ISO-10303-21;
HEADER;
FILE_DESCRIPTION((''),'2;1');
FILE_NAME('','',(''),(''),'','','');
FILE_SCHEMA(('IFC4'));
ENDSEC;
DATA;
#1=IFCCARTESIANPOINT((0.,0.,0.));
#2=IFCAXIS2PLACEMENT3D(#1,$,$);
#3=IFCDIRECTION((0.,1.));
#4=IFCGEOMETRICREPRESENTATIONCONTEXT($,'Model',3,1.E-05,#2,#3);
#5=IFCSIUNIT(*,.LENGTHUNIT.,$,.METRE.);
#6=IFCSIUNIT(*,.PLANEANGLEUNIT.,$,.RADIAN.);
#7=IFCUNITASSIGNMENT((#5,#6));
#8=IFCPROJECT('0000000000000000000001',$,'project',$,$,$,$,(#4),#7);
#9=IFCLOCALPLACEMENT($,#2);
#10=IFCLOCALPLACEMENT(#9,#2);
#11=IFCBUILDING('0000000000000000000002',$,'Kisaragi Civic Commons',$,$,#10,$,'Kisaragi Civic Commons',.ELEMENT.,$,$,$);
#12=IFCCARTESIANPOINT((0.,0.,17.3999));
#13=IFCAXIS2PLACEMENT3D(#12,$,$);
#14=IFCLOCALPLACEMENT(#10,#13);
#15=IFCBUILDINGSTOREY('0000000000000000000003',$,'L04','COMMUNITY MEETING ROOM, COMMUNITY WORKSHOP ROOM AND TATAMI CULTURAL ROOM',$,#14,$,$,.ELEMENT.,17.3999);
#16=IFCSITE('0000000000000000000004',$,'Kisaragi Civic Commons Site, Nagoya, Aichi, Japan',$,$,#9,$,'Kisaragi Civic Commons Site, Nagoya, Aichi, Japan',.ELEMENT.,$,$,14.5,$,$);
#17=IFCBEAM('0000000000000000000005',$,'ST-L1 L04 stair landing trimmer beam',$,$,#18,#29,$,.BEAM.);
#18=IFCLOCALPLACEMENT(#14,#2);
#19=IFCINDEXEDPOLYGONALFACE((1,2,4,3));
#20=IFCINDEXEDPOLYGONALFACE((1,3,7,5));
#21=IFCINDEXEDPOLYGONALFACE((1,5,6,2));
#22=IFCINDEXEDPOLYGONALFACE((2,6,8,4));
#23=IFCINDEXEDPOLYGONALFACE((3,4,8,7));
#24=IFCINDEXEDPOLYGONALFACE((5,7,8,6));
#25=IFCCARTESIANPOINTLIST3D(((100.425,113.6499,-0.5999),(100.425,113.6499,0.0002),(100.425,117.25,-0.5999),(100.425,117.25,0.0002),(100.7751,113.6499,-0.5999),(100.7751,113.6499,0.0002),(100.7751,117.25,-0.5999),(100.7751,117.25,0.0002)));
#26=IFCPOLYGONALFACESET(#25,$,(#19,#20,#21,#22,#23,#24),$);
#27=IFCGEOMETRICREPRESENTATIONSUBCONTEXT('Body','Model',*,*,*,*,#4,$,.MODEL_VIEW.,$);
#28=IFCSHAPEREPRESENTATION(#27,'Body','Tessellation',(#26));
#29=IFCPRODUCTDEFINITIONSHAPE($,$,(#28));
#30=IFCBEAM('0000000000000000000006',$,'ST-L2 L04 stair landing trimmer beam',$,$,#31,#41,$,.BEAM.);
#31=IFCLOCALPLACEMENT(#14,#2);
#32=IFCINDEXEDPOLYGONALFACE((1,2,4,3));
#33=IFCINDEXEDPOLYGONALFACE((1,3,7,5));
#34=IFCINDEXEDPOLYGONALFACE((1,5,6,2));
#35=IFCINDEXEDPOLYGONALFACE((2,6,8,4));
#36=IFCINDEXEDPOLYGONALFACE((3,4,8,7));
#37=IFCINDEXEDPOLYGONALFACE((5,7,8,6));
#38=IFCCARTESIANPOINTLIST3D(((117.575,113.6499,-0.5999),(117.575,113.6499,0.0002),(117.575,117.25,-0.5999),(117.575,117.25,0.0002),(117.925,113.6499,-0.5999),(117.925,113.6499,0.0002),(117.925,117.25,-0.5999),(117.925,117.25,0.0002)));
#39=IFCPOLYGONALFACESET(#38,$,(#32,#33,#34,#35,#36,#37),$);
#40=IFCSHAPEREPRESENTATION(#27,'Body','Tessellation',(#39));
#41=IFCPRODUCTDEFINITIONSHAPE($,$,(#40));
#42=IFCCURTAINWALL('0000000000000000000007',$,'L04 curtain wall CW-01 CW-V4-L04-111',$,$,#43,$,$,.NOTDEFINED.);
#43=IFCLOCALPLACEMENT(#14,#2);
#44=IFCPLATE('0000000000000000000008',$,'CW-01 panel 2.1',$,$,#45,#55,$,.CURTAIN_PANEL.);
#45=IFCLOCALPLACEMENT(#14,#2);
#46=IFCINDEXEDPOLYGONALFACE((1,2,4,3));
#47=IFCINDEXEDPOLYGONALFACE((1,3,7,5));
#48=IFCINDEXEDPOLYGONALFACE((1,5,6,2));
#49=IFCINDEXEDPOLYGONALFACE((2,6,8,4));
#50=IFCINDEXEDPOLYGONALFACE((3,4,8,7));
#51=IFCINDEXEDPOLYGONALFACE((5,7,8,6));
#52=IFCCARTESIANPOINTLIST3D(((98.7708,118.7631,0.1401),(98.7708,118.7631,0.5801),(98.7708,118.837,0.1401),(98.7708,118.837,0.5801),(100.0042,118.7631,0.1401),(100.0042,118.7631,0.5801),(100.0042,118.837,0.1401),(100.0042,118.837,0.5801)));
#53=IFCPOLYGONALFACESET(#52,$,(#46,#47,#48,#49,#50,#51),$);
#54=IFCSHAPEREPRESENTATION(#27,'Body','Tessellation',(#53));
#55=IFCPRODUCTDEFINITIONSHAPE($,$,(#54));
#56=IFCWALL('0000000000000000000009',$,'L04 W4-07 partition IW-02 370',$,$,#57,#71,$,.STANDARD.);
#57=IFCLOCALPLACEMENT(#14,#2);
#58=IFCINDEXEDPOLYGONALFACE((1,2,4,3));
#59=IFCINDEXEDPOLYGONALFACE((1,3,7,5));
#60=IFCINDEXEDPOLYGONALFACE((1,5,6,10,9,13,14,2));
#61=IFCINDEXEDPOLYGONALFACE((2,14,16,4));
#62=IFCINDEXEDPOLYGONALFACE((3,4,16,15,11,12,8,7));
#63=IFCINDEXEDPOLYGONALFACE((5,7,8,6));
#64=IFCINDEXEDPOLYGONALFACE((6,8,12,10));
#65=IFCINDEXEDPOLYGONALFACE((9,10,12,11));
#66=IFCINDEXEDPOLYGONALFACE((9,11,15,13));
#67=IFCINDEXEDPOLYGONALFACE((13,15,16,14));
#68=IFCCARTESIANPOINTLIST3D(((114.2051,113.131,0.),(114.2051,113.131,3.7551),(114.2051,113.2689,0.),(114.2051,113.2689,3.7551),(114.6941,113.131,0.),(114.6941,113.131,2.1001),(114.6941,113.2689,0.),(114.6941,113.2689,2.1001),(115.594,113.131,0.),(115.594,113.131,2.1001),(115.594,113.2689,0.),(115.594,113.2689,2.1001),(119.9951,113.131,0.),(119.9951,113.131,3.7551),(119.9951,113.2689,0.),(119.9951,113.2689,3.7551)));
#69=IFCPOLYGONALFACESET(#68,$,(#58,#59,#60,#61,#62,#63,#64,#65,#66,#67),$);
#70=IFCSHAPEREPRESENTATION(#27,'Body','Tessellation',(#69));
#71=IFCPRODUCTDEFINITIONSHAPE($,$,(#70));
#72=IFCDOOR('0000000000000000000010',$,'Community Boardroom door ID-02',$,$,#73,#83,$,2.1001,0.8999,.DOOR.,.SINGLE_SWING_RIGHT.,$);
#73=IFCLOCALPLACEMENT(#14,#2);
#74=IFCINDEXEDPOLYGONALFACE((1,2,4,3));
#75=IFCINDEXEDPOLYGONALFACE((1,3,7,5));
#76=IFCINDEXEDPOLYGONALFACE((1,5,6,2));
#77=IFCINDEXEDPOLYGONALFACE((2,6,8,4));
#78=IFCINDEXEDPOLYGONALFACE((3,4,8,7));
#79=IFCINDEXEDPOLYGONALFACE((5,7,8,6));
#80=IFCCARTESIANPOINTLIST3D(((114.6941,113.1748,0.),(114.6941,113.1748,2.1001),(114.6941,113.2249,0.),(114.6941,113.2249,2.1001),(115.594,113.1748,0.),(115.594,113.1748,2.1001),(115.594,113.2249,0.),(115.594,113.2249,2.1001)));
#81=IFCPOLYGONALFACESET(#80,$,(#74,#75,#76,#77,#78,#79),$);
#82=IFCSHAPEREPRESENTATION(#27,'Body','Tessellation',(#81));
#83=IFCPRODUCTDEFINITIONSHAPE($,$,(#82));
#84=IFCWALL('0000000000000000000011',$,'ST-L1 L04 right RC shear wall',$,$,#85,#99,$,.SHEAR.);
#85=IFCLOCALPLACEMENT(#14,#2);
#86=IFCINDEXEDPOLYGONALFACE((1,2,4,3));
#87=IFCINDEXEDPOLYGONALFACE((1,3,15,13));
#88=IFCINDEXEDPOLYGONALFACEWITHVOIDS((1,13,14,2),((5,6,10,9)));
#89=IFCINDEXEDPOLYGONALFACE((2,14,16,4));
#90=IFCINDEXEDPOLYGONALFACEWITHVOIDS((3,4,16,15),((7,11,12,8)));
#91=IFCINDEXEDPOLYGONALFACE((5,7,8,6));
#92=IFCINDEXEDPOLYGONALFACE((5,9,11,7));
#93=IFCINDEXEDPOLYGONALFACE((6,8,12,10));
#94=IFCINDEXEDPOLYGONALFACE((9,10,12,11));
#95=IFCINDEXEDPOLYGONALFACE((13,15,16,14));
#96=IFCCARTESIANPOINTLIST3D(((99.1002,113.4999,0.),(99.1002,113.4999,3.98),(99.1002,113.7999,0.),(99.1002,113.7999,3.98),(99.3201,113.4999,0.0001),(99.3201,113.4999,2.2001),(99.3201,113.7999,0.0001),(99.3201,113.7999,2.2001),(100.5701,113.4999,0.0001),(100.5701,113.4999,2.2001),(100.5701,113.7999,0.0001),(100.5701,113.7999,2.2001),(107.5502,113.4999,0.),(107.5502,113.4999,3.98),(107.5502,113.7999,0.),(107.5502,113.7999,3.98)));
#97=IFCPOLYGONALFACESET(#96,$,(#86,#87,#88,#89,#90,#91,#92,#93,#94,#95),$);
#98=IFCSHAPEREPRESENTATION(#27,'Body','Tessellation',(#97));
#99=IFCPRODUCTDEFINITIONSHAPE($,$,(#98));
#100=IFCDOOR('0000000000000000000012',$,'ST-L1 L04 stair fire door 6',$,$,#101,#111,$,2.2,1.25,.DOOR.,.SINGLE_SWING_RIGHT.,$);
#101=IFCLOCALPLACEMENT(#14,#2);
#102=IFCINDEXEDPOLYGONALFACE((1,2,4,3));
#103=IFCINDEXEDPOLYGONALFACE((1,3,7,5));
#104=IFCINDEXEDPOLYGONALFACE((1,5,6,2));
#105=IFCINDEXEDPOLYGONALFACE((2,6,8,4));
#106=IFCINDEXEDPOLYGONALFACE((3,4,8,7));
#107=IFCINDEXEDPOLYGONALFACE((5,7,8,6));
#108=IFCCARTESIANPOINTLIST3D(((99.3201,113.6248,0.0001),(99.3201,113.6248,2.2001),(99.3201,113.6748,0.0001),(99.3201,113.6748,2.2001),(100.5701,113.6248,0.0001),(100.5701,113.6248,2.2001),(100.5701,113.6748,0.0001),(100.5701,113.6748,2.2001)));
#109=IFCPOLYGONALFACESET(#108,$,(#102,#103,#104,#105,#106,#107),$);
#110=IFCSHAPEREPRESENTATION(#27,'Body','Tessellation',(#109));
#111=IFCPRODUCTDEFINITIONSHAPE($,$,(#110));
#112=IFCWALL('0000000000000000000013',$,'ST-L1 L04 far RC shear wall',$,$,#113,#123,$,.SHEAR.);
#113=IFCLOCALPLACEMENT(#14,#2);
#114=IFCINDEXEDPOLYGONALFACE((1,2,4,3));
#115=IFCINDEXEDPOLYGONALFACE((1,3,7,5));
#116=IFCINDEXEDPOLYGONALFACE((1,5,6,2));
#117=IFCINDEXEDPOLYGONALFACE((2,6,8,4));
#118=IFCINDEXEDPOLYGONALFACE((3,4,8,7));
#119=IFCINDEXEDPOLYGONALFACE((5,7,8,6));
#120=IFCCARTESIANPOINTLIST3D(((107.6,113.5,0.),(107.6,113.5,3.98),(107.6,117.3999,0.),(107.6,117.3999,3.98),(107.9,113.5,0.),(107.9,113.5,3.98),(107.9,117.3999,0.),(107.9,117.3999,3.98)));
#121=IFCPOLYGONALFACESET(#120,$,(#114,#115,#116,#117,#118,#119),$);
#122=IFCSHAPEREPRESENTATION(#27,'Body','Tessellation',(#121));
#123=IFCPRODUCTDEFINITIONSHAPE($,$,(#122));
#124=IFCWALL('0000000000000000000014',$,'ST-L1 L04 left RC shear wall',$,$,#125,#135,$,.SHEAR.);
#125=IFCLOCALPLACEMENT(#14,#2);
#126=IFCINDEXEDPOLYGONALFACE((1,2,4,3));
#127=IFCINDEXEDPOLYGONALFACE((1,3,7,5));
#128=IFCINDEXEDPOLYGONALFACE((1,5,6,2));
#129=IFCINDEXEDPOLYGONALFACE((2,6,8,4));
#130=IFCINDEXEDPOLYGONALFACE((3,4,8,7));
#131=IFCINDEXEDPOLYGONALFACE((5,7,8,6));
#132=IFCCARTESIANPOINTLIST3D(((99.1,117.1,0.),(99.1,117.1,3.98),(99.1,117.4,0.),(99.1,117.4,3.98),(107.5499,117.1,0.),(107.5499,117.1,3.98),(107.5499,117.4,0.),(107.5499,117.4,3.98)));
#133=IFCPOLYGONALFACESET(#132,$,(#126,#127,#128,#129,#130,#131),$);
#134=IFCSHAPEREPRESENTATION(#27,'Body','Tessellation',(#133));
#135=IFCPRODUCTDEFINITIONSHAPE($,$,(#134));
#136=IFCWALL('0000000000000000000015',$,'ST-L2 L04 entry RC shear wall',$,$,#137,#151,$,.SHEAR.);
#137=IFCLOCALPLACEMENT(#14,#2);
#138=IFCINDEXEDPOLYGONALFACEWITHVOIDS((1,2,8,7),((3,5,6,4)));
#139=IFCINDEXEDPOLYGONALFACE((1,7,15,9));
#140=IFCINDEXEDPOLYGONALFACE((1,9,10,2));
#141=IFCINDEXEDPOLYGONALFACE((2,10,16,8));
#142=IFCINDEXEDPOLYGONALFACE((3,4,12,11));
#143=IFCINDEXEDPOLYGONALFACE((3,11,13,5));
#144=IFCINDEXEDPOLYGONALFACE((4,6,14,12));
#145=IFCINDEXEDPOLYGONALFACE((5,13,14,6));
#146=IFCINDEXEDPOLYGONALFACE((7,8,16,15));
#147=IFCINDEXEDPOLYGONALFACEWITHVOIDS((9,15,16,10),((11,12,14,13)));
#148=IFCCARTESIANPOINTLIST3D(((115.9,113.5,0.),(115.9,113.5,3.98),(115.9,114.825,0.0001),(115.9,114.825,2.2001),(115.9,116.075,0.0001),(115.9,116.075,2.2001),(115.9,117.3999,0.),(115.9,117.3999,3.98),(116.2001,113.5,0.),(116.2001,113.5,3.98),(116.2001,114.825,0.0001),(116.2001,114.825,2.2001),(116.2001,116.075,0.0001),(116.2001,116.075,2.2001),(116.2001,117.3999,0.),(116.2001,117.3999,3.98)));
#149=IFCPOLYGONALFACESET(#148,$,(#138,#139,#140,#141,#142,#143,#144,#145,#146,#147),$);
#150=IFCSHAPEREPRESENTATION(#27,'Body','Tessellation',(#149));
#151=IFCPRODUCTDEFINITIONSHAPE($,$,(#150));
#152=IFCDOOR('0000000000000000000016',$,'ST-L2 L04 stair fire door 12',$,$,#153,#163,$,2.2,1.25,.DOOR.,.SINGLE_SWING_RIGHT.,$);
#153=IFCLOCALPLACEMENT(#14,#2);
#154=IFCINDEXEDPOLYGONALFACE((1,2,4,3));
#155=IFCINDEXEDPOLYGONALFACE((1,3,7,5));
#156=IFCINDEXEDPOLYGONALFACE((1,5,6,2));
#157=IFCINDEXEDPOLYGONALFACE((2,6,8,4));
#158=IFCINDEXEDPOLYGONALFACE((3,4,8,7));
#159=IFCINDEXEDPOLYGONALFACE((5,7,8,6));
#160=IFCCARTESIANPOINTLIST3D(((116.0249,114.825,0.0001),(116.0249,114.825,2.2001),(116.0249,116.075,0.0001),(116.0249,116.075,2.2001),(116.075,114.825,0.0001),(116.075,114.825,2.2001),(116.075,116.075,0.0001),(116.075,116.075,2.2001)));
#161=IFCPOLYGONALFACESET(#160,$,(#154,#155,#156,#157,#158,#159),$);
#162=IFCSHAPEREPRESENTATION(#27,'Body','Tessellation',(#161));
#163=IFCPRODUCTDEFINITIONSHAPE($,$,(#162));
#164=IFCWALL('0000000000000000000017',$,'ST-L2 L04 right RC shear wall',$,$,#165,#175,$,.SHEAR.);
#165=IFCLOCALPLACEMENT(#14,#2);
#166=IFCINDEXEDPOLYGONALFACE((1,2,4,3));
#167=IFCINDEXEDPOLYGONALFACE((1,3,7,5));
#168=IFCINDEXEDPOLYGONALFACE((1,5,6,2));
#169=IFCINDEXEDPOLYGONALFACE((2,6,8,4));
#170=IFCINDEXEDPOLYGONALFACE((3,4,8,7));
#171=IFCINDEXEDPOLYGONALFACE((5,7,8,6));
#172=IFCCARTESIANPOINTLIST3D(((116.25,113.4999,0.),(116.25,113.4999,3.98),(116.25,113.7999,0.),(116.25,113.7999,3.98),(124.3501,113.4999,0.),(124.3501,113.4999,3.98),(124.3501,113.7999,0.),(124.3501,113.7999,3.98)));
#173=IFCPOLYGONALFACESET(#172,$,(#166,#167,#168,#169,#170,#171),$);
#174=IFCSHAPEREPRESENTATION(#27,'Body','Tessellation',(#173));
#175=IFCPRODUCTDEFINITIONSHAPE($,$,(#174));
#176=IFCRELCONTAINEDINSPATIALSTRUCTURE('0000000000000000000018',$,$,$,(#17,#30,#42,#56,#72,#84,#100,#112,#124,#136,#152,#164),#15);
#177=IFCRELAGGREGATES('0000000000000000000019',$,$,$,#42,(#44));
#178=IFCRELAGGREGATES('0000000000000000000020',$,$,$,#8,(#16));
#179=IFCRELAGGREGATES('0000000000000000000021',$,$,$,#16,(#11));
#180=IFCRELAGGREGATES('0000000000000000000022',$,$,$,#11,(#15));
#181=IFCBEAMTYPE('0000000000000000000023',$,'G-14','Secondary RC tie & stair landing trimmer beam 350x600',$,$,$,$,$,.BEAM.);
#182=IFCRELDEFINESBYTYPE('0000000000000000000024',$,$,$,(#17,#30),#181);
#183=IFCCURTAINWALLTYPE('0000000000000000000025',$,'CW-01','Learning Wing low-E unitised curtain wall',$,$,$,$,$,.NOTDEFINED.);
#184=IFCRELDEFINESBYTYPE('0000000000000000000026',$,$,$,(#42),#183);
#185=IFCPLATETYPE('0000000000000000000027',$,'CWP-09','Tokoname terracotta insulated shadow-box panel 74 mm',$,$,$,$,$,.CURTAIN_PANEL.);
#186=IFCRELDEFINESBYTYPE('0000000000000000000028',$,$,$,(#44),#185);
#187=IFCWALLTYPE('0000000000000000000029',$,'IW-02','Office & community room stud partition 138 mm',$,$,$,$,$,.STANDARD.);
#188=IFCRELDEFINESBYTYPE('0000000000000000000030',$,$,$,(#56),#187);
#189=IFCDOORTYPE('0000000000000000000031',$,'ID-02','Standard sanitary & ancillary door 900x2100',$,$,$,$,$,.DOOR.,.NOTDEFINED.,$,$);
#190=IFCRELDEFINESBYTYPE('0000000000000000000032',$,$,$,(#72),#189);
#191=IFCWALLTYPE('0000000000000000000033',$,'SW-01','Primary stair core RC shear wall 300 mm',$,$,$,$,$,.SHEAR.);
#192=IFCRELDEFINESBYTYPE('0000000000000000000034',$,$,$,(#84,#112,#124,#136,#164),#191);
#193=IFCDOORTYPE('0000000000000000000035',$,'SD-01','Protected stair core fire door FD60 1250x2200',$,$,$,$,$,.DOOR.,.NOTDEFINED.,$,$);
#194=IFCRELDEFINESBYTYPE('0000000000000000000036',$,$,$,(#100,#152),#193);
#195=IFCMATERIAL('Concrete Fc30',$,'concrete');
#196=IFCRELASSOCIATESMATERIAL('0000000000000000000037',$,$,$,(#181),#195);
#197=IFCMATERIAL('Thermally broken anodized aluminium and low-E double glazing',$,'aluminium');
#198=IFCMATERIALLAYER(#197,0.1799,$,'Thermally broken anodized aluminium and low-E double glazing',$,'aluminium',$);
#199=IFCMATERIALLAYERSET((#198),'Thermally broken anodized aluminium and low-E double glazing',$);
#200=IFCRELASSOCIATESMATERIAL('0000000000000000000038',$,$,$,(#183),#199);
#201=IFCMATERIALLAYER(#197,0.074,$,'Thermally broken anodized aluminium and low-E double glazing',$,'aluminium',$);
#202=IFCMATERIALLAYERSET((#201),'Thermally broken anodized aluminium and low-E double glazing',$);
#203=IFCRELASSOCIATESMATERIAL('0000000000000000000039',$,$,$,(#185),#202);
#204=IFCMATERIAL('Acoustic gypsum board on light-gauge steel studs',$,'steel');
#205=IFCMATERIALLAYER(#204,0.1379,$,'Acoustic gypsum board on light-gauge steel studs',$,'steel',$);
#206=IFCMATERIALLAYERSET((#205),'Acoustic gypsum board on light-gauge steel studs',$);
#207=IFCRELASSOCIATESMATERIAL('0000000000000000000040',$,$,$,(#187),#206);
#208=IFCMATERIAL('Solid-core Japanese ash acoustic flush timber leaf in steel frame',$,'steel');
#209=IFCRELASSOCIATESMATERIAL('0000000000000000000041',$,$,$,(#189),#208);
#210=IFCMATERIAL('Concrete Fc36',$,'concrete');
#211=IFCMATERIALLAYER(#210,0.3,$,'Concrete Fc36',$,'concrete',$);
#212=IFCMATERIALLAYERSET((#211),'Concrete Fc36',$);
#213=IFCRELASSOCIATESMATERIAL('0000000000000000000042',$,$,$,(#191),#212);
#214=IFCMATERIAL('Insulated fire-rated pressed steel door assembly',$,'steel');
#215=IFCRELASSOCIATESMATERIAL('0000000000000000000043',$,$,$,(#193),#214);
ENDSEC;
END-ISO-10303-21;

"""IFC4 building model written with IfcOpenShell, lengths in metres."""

from ifc_helpers import new_model, si_unit, direction, frame, frame_2d, origin, origin_2d, place, context, subcontext, project, spatial, rectangle, extrude, material, layer, layer_set, material_profile, profile_set, type_object, element, fill, aggregate, save


model = new_model("IFC4")

# Units and contexts
model_context = context("Model", 3, precision=1e-05, world=origin(), true_north=direction((0.0, 1.0)))
body_context = subcontext(model_context, "Body", "Model", "MODEL_VIEW")
ifc_project = project(units=[si_unit("LENGTHUNIT", "METRE"), si_unit("PLANEANGLEUNIT", "RADIAN")], contexts=[model_context])

# Site, building, storey
site_placement = place(None, origin())
site = spatial("IfcSite", under=ifc_project, at=site_placement, Name="Kisaragi Civic Commons Site, Nagoya, Aichi, Japan", LongName="Kisaragi Civic Commons Site, Nagoya, Aichi, Japan", CompositionType="ELEMENT", RefElevation=14.5)
building_placement = place(site_placement, origin())
building = spatial("IfcBuilding", under=site, at=building_placement, Name="Kisaragi Civic Commons", LongName="Kisaragi Civic Commons", CompositionType="ELEMENT")
storey_placement = place(building_placement, frame((0.0, 0.0, 17.3999)))
storey = spatial("IfcBuildingStorey", under=building, at=storey_placement, Name="L04", Description="COMMUNITY MEETING ROOM, COMMUNITY WORKSHOP ROOM AND TATAMI CULTURAL ROOM", CompositionType="ELEMENT", Elevation=17.3999)

# Beams
ifc_material_1 = material(Name="Concrete Fc30", Category="concrete")
ifc_material_profile = material_profile(ifc_material_1, rectangle(XDim=0.3501, YDim=0.6001, at=origin_2d()), Name="RC-350x600", Category="concrete")
ifc_profile_set = profile_set([ifc_material_profile], Name="Concrete Fc30")
beam_type = type_object("IfcBeamType", Name="G-14", Description="Secondary RC tie & stair landing trimmer beam 350x600", PredefinedType="BEAM", material=ifc_profile_set)
for number, where, z_axis, x_axis, name in (
    (1, (100.6001, 113.6499, -0.2998), (0.0, 1.0, 0.0), (-1.0, 0.0, 0.0), "ST-L1 L04 stair landing trimmer beam"),
    (2, (117.75, 113.6499, -0.2998), (0.0, 1.0, 0.0), (-1.0, 0.0, 0.0), "ST-L2 L04 stair landing trimmer beam"),
):
    element("IfcBeam", number, at=place(storey_placement, frame(where, z_axis=z_axis, x_axis=x_axis)), inside=storey, type_object=beam_type, Name=name, PredefinedType="BEAM", context=body_context, shape_type="SweptSolid", body=[
        extrude(rectangle(XDim=0.3501, YDim=0.6001, at=origin_2d()), origin(), (0.0, 0.0, 1.0), 3.6001),
    ])

# Curtain wall, plate
ifc_material_2 = material(Name="Thermally broken anodized aluminium and low-E double glazing", Category="aluminium")
ifc_layer_1 = layer(ifc_material_2, 0.1799, Name="Thermally broken anodized aluminium and low-E double glazing", Category="aluminium")
ifc_layer_set_1 = layer_set([ifc_layer_1], Name="Thermally broken anodized aluminium and low-E double glazing")
curtain_wall_type = type_object("IfcCurtainWallType", Name="CW-01", Description="Learning Wing low-E unitised curtain wall", PredefinedType="NOTDEFINED", material=ifc_layer_set_1)
curtain_wall_placement = place(storey_placement, origin())
curtain_wall = element("IfcCurtainWall", 3, at=curtain_wall_placement, inside=storey, type_object=curtain_wall_type, Name="L04 curtain wall CW-01 CW-V4-L04-111", PredefinedType="NOTDEFINED")
ifc_layer_2 = layer(ifc_material_2, 0.074, Name="Thermally broken anodized aluminium and low-E double glazing", Category="aluminium")
ifc_layer_set_2 = layer_set([ifc_layer_2], Name="Thermally broken anodized aluminium and low-E double glazing")
plate_type = type_object("IfcPlateType", Name="CWP-09", Description="Tokoname terracotta insulated shadow-box panel 74 mm", PredefinedType="CURTAIN_PANEL", material=ifc_layer_set_2)
plate_placement = place(storey_placement, frame((99.3875, 118.8, 0.1401), z_axis=(0.0, 0.0, 1.0), x_axis=(1.0, 0.0, 0.0)))
plate = element("IfcPlate", 4, at=plate_placement, type_object=plate_type, Name="CW-01 panel 2.1", PredefinedType="CURTAIN_PANEL", context=body_context, shape_type="SweptSolid", body=[
    extrude(rectangle(XDim=1.2334, YDim=0.074, at=origin_2d()), origin(), (0.0, 0.0, 1.0), 0.4399),
])
aggregate(curtain_wall, [plate])

# Walls, openings, doors
ifc_material_3 = material(Name="Acoustic gypsum board on light-gauge steel studs", Category="steel")
ifc_layer_3 = layer(ifc_material_3, 0.1379, Name="Acoustic gypsum board on light-gauge steel studs", Category="steel")
ifc_layer_set_3 = layer_set([ifc_layer_3], Name="Acoustic gypsum board on light-gauge steel studs")
wall_type_1 = type_object("IfcWallType", Name="IW-02", Description="Office & community room stud partition 138 mm", PredefinedType="STANDARD", material=ifc_layer_set_3)
wall_1_placement = place(storey_placement, frame((114.2051, 113.2, 0.0), z_axis=(0.0, 0.0, 1.0), x_axis=(1.0, 0.0, 0.0)))
wall_1 = element("IfcWall", 5, at=wall_1_placement, inside=storey, type_object=wall_type_1, Name="L04 W4-07 partition IW-02 370", PredefinedType="STANDARD", context=body_context, shape_type="SweptSolid", body=[
    extrude(rectangle(XDim=5.79, YDim=0.1379, at=frame_2d((2.895, 0.0))), origin(), (0.0, 0.0, 1.0), 3.7551),
])
opening_1_placement = place(wall_1_placement, frame((0.489, 0.0, 0.0)))
opening_1 = element("IfcOpeningElement", 6, at=opening_1_placement, cuts=wall_1, PredefinedType="OPENING", context=body_context, shape_type="SweptSolid", body=[
    extrude(rectangle(XDim=0.8999, YDim=2.1001, at=frame_2d((0.45, 1.05))), frame((0.0, 0.0789, 0.0), z_axis=(0.0, -1.0, 0.0), x_axis=(1.0, 0.0, 0.0)), (0.0, 0.0, 1.0), 0.158),
])
ifc_material_4 = material(Name="Solid-core Japanese ash acoustic flush timber leaf in steel frame", Category="steel")
door_type_1 = type_object("IfcDoorType", Name="ID-02", Description="Standard sanitary & ancillary door 900x2100", OperationType="NOTDEFINED", PredefinedType="DOOR", material=ifc_material_4)
door_1_placement = place(opening_1_placement, origin())
door_1 = element("IfcDoor", 7, at=door_1_placement, inside=storey, type_object=door_type_1, Name="Community Boardroom door ID-02", OperationType="SINGLE_SWING_RIGHT", OverallHeight=2.1001, OverallWidth=0.8999, PredefinedType="DOOR", context=body_context, shape_type="SweptSolid", body=[
    extrude(rectangle(XDim=0.8999, YDim=2.1001, at=frame_2d((0.45, 1.05))), frame((0.0, 0.0249, 0.0), z_axis=(0.0, -1.0, 0.0), x_axis=(1.0, 0.0, 0.0)), (0.0, 0.0, 1.0), 0.05),
])
fill(opening_1, door_1)
ifc_material_5 = material(Name="Concrete Fc36", Category="concrete")
ifc_layer_4 = layer(ifc_material_5, 0.3, Name="Concrete Fc36", Category="concrete")
ifc_layer_set_4 = layer_set([ifc_layer_4], Name="Concrete Fc36")
wall_type_2 = type_object("IfcWallType", Name="SW-01", Description="Primary stair core RC shear wall 300 mm", PredefinedType="SHEAR", material=ifc_layer_set_4)
wall_2_placement = place(storey_placement, frame((99.1001, 113.6499, 0.0), z_axis=(0.0, 0.0, 1.0), x_axis=(1.0, 0.0, 0.0)))
wall_2 = element("IfcWall", 8, at=wall_2_placement, inside=storey, type_object=wall_type_2, Name="ST-L1 L04 right RC shear wall", PredefinedType="SHEAR", context=body_context, shape_type="SweptSolid", body=[
    extrude(rectangle(XDim=8.45, YDim=0.3, at=frame_2d((4.2251, 0.0))), origin(), (0.0, 0.0, 1.0), 3.98),
])
opening_2_placement = place(wall_2_placement, frame((0.22, 0.0, 0.0)))
opening_2 = element("IfcOpeningElement", 9, at=opening_2_placement, cuts=wall_2, PredefinedType="OPENING", context=body_context, shape_type="SweptSolid", body=[
    extrude(rectangle(XDim=1.25, YDim=2.2, at=frame_2d((0.625, 1.1001))), frame((0.0, 0.1599, 0.0), z_axis=(0.0, -1.0, 0.0), x_axis=(1.0, 0.0, 0.0)), (0.0, 0.0, 1.0), 0.3201),
])
ifc_material_6 = material(Name="Insulated fire-rated pressed steel door assembly", Category="steel")
door_type_2 = type_object("IfcDoorType", Name="SD-01", Description="Protected stair core fire door FD60 1250x2200", OperationType="NOTDEFINED", PredefinedType="DOOR", material=ifc_material_6)
door_2_placement = place(opening_2_placement, origin())
door_2 = element("IfcDoor", 10, at=door_2_placement, inside=storey, type_object=door_type_2, Name="ST-L1 L04 stair fire door 6", OperationType="SINGLE_SWING_RIGHT", OverallHeight=2.2, OverallWidth=1.25, PredefinedType="DOOR", context=body_context, shape_type="SweptSolid", body=[
    extrude(rectangle(XDim=1.25, YDim=2.2, at=frame_2d((0.625, 1.1001))), frame((0.0, 0.0249, 0.0), z_axis=(0.0, -1.0, 0.0), x_axis=(1.0, 0.0, 0.0)), (0.0, 0.0, 1.0), 0.05),
])
fill(opening_2, door_2)

# Walls
wall_3_placement = place(storey_placement, frame((107.75, 113.5, 0.0), z_axis=(0.0, 0.0, 1.0), x_axis=(0.0, 1.0, 0.0)))
element("IfcWall", 11, at=wall_3_placement, inside=storey, type_object=wall_type_2, Name="ST-L1 L04 far RC shear wall", PredefinedType="SHEAR", context=body_context, shape_type="SweptSolid", body=[
    extrude(rectangle(XDim=3.8999, YDim=0.3, at=frame_2d((1.95, 0.0))), origin(), (0.0, 0.0, 1.0), 3.98),
])
wall_4_placement = place(storey_placement, frame((107.55, 117.25, 0.0), z_axis=(0.0, 0.0, 1.0), x_axis=(-1.0, 0.0, 0.0)))
element("IfcWall", 12, at=wall_4_placement, inside=storey, type_object=wall_type_2, Name="ST-L1 L04 left RC shear wall", PredefinedType="SHEAR", context=body_context, shape_type="SweptSolid", body=[
    extrude(rectangle(XDim=8.45, YDim=0.3, at=frame_2d((4.2251, 0.0))), origin(), (0.0, 0.0, 1.0), 3.98),
])

# Wall, opening, door
wall_5_placement = place(storey_placement, frame((116.05, 117.3999, 0.0), z_axis=(0.0, 0.0, 1.0), x_axis=(0.0, -1.0, 0.0)))
wall_5 = element("IfcWall", 13, at=wall_5_placement, inside=storey, type_object=wall_type_2, Name="ST-L2 L04 entry RC shear wall", PredefinedType="SHEAR", context=body_context, shape_type="SweptSolid", body=[
    extrude(rectangle(XDim=3.8999, YDim=0.3, at=frame_2d((1.95, 0.0))), origin(), (0.0, 0.0, 1.0), 3.98),
])
opening_3_placement = place(wall_5_placement, frame((1.325, 0.0, 0.0)))
opening_3 = element("IfcOpeningElement", 14, at=opening_3_placement, cuts=wall_5, PredefinedType="OPENING", context=body_context, shape_type="SweptSolid", body=[
    extrude(rectangle(XDim=1.25, YDim=2.2, at=frame_2d((0.625, 1.1001))), frame((0.0, 0.1599, 0.0), z_axis=(0.0, -1.0, 0.0), x_axis=(1.0, 0.0, 0.0)), (0.0, 0.0, 1.0), 0.3201),
])
door_3_placement = place(opening_3_placement, origin())
door_3 = element("IfcDoor", 15, at=door_3_placement, inside=storey, type_object=door_type_2, Name="ST-L2 L04 stair fire door 12", OperationType="SINGLE_SWING_RIGHT", OverallHeight=2.2, OverallWidth=1.25, PredefinedType="DOOR", context=body_context, shape_type="SweptSolid", body=[
    extrude(rectangle(XDim=1.25, YDim=2.2, at=frame_2d((0.625, 1.1001))), frame((0.0, 0.0249, 0.0), z_axis=(0.0, -1.0, 0.0), x_axis=(1.0, 0.0, 0.0)), (0.0, 0.0, 1.0), 0.05),
])
fill(opening_3, door_3)

# Wall
wall_6_placement = place(storey_placement, frame((116.25, 113.6499, 0.0), z_axis=(0.0, 0.0, 1.0), x_axis=(1.0, 0.0, 0.0)))
element("IfcWall", 16, at=wall_6_placement, inside=storey, type_object=wall_type_2, Name="ST-L2 L04 right RC shear wall", PredefinedType="SHEAR", context=body_context, shape_type="SweptSolid", body=[
    extrude(rectangle(XDim=8.1001, YDim=0.3, at=frame_2d((4.05, 0.0))), origin(), (0.0, 0.0, 1.0), 3.98),
])

save(model, "model.ifc")
